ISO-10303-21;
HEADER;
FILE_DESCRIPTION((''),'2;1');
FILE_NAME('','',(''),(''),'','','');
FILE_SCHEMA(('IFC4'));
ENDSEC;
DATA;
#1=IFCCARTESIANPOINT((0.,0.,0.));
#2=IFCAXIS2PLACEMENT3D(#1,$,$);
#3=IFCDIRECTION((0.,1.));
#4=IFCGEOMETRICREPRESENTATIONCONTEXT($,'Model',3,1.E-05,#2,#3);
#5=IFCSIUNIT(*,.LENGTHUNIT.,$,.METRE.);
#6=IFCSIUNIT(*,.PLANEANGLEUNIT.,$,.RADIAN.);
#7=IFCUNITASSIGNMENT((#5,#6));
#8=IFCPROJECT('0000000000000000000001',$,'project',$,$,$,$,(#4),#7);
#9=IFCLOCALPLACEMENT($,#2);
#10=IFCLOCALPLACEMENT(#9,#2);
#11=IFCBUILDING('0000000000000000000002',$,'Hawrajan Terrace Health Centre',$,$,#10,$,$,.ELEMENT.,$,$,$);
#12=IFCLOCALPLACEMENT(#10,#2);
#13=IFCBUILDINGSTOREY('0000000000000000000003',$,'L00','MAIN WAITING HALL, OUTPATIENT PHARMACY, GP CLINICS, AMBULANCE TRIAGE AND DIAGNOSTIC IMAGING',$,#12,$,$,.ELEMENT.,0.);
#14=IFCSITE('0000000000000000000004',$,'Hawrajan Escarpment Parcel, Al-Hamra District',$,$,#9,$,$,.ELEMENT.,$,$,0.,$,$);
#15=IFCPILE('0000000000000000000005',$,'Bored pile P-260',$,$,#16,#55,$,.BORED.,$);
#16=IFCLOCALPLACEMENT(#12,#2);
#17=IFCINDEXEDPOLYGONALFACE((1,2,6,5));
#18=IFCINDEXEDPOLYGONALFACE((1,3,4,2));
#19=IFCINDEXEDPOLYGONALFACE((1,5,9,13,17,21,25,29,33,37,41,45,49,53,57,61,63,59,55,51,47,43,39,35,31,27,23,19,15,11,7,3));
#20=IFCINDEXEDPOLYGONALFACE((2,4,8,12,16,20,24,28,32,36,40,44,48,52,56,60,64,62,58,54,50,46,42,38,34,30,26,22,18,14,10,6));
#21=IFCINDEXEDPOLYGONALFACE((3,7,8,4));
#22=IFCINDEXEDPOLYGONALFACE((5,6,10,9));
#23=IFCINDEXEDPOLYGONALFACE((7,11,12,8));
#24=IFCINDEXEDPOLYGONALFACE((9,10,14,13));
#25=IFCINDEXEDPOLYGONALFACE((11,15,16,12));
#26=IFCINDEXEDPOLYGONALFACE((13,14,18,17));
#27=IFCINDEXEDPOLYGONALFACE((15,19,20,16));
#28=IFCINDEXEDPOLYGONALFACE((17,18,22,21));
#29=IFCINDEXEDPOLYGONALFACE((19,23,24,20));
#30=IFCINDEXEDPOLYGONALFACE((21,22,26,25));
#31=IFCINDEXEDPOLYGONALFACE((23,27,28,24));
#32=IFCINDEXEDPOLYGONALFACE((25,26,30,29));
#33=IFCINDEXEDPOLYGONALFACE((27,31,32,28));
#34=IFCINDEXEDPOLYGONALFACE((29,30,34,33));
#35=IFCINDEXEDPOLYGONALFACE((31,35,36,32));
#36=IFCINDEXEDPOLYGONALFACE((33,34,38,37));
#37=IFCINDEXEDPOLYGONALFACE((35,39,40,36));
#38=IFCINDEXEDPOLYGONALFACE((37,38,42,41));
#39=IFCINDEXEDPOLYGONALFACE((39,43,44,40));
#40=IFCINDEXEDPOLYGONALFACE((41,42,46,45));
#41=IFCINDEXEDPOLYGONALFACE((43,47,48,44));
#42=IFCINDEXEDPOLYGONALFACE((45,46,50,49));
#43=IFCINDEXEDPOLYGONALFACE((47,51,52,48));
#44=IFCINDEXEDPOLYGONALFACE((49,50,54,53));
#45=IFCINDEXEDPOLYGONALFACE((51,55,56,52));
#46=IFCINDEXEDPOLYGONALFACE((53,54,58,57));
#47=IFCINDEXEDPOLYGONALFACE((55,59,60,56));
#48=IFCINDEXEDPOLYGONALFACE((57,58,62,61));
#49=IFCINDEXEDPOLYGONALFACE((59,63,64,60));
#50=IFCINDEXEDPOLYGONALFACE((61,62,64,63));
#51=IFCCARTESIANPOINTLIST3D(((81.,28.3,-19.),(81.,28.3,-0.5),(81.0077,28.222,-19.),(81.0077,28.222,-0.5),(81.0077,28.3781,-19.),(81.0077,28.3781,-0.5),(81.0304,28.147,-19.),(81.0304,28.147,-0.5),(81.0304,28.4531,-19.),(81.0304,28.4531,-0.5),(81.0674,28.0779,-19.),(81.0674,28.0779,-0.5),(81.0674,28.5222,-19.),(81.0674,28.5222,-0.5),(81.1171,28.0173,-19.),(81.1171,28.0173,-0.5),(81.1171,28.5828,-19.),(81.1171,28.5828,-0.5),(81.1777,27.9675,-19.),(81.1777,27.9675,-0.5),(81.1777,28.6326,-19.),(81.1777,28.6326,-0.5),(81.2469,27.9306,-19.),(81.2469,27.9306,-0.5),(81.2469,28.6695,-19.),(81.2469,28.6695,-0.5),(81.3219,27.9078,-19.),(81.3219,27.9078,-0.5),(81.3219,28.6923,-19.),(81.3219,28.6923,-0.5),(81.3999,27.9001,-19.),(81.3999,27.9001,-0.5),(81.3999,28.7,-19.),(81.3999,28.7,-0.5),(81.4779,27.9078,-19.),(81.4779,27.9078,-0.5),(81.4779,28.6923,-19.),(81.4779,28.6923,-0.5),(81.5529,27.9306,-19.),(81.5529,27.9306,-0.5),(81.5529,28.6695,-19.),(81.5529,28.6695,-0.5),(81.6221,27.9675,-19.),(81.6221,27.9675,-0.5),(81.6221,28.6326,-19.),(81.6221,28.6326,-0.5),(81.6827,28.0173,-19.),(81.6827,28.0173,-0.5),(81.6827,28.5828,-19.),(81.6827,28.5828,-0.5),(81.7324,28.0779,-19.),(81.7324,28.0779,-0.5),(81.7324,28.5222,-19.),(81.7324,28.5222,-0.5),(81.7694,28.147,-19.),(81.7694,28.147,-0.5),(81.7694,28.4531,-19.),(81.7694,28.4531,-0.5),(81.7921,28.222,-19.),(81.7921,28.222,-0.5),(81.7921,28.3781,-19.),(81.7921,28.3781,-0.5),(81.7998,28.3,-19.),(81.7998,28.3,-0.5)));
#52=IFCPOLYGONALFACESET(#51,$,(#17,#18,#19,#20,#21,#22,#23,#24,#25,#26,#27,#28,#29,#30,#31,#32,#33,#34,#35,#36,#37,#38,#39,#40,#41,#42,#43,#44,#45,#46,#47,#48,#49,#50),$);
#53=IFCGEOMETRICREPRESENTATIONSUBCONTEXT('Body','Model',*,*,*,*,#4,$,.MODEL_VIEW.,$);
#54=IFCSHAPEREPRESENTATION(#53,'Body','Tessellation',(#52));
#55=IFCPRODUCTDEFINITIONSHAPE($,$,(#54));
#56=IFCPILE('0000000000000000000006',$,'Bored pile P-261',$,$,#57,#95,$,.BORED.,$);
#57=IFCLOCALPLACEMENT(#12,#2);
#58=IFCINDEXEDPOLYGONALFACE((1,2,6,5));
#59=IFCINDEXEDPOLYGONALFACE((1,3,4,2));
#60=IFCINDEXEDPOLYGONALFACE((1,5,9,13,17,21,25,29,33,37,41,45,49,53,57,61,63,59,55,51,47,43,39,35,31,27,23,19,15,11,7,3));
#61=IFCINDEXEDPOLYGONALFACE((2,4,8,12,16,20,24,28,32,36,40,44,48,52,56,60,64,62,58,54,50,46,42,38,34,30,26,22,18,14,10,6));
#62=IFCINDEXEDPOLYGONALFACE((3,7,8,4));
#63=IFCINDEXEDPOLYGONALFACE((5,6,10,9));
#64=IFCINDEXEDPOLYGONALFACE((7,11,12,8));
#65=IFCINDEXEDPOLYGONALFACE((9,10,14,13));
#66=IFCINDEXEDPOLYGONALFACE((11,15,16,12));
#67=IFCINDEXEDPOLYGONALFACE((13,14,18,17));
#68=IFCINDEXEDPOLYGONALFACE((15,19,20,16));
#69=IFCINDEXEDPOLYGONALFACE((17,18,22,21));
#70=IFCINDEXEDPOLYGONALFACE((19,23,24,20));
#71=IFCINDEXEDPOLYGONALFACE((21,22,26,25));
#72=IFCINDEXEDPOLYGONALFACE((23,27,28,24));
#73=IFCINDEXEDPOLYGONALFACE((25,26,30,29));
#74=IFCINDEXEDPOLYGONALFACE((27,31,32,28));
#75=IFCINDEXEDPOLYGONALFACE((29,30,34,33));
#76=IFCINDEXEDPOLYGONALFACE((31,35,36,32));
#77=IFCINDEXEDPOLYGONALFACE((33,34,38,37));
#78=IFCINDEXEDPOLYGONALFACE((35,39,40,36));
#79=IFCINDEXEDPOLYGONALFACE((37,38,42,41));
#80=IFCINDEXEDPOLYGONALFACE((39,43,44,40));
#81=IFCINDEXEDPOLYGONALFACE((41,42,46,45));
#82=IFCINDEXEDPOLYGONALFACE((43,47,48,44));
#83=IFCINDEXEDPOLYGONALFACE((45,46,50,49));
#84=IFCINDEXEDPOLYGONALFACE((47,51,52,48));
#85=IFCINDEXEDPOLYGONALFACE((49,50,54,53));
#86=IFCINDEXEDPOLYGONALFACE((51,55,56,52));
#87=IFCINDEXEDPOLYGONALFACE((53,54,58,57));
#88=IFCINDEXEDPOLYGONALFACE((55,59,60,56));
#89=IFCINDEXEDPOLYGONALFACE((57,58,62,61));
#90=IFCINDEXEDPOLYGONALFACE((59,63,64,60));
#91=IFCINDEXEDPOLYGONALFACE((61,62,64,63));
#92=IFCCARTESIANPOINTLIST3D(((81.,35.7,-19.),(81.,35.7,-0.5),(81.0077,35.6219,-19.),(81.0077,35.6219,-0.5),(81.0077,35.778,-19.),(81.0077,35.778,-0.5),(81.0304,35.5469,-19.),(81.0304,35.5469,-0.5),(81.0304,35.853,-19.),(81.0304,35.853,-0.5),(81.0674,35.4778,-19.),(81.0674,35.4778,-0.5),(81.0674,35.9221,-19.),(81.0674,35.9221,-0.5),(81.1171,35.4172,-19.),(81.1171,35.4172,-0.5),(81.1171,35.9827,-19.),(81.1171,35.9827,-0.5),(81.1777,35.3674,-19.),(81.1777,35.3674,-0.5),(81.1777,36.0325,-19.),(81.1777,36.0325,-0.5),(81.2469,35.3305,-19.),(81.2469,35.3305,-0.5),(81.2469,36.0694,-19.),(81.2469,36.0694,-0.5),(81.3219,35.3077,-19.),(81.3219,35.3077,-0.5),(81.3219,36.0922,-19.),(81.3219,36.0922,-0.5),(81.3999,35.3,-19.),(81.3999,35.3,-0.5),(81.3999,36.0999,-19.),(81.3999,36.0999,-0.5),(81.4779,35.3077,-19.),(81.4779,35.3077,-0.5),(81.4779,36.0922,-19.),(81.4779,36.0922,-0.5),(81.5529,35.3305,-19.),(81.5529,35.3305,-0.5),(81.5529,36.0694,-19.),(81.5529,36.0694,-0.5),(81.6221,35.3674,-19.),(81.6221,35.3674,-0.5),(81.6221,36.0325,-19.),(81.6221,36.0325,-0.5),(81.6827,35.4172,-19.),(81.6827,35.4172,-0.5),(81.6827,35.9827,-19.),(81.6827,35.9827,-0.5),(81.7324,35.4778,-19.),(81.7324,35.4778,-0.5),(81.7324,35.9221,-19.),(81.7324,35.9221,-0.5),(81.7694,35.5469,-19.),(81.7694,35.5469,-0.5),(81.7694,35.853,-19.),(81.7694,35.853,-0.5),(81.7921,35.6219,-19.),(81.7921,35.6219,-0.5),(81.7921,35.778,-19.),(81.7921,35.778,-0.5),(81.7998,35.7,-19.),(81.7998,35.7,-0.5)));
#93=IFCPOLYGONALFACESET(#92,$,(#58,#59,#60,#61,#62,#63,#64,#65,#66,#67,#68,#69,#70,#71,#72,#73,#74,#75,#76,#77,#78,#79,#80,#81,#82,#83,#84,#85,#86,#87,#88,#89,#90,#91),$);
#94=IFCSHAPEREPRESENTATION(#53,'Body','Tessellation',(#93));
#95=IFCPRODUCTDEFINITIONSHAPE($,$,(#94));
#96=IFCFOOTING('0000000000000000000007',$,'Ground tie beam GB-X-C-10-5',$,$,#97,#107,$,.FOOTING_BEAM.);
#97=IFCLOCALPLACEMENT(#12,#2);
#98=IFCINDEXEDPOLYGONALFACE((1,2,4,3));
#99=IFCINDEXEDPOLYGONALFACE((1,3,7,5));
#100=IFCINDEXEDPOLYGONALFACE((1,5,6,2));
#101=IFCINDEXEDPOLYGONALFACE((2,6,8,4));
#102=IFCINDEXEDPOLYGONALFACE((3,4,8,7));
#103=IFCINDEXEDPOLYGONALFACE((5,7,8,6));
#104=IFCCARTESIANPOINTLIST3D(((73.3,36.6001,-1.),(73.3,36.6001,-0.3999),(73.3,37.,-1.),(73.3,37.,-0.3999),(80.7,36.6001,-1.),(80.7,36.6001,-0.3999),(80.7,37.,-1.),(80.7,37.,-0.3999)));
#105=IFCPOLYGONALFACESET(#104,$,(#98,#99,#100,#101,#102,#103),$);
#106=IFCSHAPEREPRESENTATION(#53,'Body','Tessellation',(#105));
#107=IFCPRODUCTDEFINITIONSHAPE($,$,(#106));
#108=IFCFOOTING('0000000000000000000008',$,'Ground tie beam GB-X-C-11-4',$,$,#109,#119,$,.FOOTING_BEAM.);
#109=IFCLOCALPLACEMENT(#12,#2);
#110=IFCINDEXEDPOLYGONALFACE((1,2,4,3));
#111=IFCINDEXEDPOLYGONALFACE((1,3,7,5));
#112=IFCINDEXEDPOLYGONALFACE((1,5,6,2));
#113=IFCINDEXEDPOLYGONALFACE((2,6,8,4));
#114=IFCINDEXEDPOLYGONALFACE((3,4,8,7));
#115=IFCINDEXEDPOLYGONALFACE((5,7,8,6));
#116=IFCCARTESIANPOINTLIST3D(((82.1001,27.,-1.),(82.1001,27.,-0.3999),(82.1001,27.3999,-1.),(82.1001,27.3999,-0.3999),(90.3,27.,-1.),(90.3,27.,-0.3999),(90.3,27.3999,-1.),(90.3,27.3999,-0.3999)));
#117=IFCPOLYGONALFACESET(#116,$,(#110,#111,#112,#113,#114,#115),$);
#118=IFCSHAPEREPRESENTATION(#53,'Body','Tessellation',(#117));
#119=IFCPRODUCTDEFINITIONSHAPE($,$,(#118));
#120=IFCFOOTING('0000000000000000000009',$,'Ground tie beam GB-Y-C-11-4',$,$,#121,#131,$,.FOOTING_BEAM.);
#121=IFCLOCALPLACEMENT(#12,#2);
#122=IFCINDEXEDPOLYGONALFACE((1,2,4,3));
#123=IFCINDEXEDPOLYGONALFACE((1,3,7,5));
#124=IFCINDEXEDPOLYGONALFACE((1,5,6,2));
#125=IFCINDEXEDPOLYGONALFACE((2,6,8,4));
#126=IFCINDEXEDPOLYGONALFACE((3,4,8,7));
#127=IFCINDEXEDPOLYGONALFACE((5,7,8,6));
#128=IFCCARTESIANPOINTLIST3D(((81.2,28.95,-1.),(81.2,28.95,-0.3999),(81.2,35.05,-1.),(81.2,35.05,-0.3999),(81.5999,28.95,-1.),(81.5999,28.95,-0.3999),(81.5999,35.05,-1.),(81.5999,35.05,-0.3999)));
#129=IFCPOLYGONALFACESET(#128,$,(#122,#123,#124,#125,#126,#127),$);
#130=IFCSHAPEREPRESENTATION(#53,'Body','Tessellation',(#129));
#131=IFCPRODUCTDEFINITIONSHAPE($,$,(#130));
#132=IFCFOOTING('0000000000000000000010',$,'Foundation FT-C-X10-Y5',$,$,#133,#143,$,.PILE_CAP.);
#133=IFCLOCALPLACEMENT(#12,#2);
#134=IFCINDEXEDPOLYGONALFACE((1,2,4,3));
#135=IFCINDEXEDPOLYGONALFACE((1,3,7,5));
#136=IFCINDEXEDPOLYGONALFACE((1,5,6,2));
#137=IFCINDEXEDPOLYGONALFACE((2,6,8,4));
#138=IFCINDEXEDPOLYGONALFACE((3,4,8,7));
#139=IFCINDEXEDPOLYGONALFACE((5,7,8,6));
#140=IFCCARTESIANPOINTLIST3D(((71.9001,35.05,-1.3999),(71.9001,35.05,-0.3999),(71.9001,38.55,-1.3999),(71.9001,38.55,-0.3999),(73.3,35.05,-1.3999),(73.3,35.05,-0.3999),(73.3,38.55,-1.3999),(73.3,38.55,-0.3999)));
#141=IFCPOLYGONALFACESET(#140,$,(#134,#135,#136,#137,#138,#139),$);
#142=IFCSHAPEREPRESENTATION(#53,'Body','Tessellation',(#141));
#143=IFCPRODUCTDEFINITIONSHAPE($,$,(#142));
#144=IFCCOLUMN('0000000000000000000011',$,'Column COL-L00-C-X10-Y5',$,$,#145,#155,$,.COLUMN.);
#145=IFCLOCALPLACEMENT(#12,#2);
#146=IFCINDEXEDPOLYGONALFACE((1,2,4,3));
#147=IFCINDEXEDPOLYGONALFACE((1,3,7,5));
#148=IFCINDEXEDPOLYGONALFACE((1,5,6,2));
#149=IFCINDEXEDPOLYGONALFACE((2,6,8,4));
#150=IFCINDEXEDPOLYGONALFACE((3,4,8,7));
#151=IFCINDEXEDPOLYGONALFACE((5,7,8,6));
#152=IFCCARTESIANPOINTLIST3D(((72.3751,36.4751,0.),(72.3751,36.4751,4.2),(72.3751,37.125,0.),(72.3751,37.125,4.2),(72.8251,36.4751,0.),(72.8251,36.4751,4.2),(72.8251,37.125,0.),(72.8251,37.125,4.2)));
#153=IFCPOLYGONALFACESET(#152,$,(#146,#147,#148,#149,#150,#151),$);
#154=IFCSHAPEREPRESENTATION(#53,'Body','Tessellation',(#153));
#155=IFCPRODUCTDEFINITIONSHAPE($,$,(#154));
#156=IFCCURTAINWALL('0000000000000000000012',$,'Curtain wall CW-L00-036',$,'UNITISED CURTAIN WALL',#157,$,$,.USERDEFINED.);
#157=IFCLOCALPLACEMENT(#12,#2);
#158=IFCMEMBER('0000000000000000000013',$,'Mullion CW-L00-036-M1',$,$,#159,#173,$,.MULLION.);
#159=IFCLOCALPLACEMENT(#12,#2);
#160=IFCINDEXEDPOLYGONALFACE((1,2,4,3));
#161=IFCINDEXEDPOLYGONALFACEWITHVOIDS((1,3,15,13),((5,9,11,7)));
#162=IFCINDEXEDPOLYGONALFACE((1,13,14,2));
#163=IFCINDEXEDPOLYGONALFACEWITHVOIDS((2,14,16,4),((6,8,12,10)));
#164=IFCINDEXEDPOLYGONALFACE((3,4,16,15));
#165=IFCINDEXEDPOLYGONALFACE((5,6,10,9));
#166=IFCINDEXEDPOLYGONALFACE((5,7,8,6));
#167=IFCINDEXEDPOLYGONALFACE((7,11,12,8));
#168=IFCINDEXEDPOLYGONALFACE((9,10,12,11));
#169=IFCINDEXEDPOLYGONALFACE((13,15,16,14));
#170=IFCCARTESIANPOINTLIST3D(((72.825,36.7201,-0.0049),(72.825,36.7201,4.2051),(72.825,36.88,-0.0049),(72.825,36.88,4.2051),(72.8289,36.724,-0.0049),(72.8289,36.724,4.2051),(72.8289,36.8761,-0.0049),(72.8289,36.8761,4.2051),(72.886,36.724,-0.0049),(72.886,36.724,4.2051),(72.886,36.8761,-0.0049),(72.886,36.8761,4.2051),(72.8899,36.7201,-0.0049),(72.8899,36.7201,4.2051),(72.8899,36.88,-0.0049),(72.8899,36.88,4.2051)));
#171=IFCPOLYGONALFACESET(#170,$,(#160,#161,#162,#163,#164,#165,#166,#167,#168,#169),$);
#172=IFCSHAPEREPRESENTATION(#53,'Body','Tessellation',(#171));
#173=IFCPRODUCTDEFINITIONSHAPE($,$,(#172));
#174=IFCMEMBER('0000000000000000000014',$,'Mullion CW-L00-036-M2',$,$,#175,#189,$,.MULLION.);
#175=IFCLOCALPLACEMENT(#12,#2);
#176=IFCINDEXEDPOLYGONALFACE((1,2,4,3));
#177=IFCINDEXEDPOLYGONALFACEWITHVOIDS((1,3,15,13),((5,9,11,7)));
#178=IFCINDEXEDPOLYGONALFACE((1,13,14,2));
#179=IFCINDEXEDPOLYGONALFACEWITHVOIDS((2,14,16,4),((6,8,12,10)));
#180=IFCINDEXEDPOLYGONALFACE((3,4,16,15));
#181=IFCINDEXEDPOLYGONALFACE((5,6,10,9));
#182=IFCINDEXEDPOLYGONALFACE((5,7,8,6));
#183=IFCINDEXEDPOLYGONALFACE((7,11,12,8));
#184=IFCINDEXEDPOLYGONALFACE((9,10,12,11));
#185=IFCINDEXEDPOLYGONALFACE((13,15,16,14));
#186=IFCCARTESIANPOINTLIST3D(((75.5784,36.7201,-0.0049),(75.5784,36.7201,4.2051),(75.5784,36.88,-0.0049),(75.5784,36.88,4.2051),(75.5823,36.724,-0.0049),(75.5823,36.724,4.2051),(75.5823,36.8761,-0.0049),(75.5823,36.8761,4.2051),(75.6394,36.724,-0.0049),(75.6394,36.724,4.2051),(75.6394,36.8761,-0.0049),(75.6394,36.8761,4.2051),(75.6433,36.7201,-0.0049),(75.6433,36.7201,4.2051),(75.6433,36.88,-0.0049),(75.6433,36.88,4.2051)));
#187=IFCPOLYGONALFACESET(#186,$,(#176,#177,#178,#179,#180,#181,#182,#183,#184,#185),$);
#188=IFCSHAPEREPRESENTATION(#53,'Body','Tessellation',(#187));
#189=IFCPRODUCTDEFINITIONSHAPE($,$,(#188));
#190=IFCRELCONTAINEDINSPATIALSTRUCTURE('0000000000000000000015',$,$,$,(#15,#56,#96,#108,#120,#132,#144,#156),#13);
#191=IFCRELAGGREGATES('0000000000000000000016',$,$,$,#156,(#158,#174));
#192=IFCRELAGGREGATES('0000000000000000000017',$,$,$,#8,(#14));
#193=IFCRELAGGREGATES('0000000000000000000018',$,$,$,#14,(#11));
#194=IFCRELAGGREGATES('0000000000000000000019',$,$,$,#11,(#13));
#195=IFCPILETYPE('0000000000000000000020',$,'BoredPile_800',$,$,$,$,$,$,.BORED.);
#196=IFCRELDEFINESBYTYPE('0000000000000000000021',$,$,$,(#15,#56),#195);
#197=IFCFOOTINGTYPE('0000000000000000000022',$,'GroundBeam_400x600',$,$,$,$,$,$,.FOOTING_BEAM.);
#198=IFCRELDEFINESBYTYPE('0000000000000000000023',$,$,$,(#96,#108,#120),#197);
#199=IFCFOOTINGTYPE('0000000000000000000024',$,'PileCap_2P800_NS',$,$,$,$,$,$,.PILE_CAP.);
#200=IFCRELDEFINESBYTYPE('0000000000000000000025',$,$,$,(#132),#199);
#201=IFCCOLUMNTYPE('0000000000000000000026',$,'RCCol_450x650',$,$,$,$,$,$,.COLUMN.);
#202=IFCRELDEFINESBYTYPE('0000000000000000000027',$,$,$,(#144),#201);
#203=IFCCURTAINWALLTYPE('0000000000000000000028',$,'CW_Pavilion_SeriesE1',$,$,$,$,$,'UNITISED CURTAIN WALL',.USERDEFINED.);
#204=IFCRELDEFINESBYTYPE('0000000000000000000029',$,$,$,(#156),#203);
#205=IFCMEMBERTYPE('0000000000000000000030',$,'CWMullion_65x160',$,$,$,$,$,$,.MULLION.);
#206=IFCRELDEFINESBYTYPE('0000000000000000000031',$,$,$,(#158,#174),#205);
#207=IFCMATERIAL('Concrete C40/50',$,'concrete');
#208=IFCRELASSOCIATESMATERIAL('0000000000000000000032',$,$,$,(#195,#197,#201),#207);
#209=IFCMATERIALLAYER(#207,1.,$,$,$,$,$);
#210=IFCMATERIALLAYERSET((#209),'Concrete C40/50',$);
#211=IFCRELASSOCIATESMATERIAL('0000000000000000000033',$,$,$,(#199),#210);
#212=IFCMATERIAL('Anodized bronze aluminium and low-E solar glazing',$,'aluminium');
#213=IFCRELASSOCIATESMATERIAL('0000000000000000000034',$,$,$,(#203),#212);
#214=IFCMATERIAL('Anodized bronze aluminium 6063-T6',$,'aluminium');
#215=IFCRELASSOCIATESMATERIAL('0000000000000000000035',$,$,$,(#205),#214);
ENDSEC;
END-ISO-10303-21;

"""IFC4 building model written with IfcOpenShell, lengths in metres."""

from ifc_helpers import new_model, si_unit, direction, frame, origin, origin_2d, place, context, subcontext, project, spatial, rectangle, hollow_rectangle, circle, extrude, material, layer, layer_set, material_profile, profile_set, type_object, element, aggregate, save


model = new_model("IFC4")

# Units and contexts
model_context = context("Model", 3, precision=1e-05, world=origin(), true_north=direction((0.0, 1.0)))
body_context = subcontext(model_context, "Body", "Model", "MODEL_VIEW")
ifc_project = project(units=[si_unit("LENGTHUNIT", "METRE"), si_unit("PLANEANGLEUNIT", "RADIAN")], contexts=[model_context])

# Site, building, storey
site_placement = place(None, origin())
site = spatial("IfcSite", under=ifc_project, at=site_placement, Name="Hawrajan Escarpment Parcel, Al-Hamra District", CompositionType="ELEMENT", RefElevation=0.0)
building_placement = place(site_placement, origin())
building = spatial("IfcBuilding", under=site, at=building_placement, Name="Hawrajan Terrace Health Centre", CompositionType="ELEMENT")
storey_placement = place(building_placement, origin())
storey = spatial("IfcBuildingStorey", under=building, at=storey_placement, Name="L00", Description="MAIN WAITING HALL, OUTPATIENT PHARMACY, GP CLINICS, AMBULANCE TRIAGE AND DIAGNOSTIC IMAGING", CompositionType="ELEMENT", Elevation=0.0)

# Piles
ifc_material_1 = material(Name="Concrete C40/50", Category="concrete")
ifc_material_profile_1 = material_profile(ifc_material_1, circle(Radius=0.3999, at=origin_2d()), Name="BP 800")
ifc_profile_set_1 = profile_set([ifc_material_profile_1], Name="Concrete C40/50")
pile_type = type_object("IfcPileType", Name="BoredPile_800", PredefinedType="BORED", material=ifc_profile_set_1)
for number, where, z_axis, x_axis, name in (
    (1, (81.3999, 28.3, -0.5), (0.0, 0.0, -1.0), (1.0, 0.0, 0.0), "Bored pile P-260"),
    (2, (81.3999, 35.7, -0.5), (0.0, 0.0, -1.0), (1.0, 0.0, 0.0), "Bored pile P-261"),
):
    element("IfcPile", number, at=place(storey_placement, frame(where, z_axis=z_axis, x_axis=x_axis)), inside=storey, type_object=pile_type, Name=name, PredefinedType="BORED", context=body_context, shape_type="SweptSolid", body=[
        extrude(circle(Radius=0.3999, at=origin_2d()), origin(), (0.0, 0.0, 1.0), 18.5),
    ])

# Footings
ifc_material_profile_2 = material_profile(ifc_material_1, rectangle(XDim=0.3999, YDim=0.6001, at=origin_2d()), Name="RC BM 400x600")
ifc_profile_set_2 = profile_set([ifc_material_profile_2], Name="Concrete C40/50")
footing_type_1 = type_object("IfcFootingType", Name="GroundBeam_400x600", PredefinedType="FOOTING_BEAM", material=ifc_profile_set_2)
footing_1_placement = place(storey_placement, frame((73.3, 36.8, -0.7), z_axis=(1.0, 0.0, 0.0), x_axis=(0.0, 1.0, 0.0)))
element("IfcFooting", 3, at=footing_1_placement, inside=storey, type_object=footing_type_1, Name="Ground tie beam GB-X-C-10-5", PredefinedType="FOOTING_BEAM", context=body_context, shape_type="SweptSolid", body=[
    extrude(rectangle(XDim=0.3999, YDim=0.6001, at=origin_2d()), origin(), (0.0, 0.0, 1.0), 7.3999),
])
footing_2_placement = place(storey_placement, frame((82.1001, 27.2, -0.7), z_axis=(1.0, 0.0, 0.0), x_axis=(0.0, 1.0, 0.0)))
element("IfcFooting", 4, at=footing_2_placement, inside=storey, type_object=footing_type_1, Name="Ground tie beam GB-X-C-11-4", PredefinedType="FOOTING_BEAM", context=body_context, shape_type="SweptSolid", body=[
    extrude(rectangle(XDim=0.3999, YDim=0.6001, at=origin_2d()), origin(), (0.0, 0.0, 1.0), 8.2),
])
footing_3_placement = place(storey_placement, frame((81.3999, 28.95, -0.7), z_axis=(0.0, 1.0, 0.0), x_axis=(-1.0, 0.0, 0.0)))
element("IfcFooting", 5, at=footing_3_placement, inside=storey, type_object=footing_type_1, Name="Ground tie beam GB-Y-C-11-4", PredefinedType="FOOTING_BEAM", context=body_context, shape_type="SweptSolid", body=[
    extrude(rectangle(XDim=0.3999, YDim=0.6001, at=origin_2d()), origin(), (0.0, 0.0, 1.0), 6.1001),
])
ifc_layer_1 = layer(ifc_material_1, 1.0)
ifc_layer_set_1 = layer_set([ifc_layer_1], Name="Concrete C40/50")
footing_type_2 = type_object("IfcFootingType", Name="PileCap_2P800_NS", PredefinedType="PILE_CAP", material=ifc_layer_set_1)
footing_4_placement = place(storey_placement, frame((72.6001, 36.8, -1.3999), z_axis=(0.0, 0.0, 1.0), x_axis=(1.0, 0.0, 0.0)))
element("IfcFooting", 6, at=footing_4_placement, inside=storey, type_object=footing_type_2, Name="Foundation FT-C-X10-Y5", PredefinedType="PILE_CAP", context=body_context, shape_type="SweptSolid", body=[
    extrude(rectangle(XDim=1.3999, YDim=3.5, at=origin_2d()), origin(), (0.0, 0.0, 1.0), 1.0),
])

# Column
ifc_material_profile_3 = material_profile(ifc_material_1, rectangle(XDim=0.45, YDim=0.6499, at=origin_2d()), Name="RC 450x650")
ifc_profile_set_3 = profile_set([ifc_material_profile_3], Name="Concrete C40/50")
column_type = type_object("IfcColumnType", Name="RCCol_450x650", PredefinedType="COLUMN", material=ifc_profile_set_3)
column_placement = place(storey_placement, frame((72.6001, 36.8, 0.0), z_axis=(0.0, 0.0, 1.0), x_axis=(1.0, 0.0, 0.0)))
element("IfcColumn", 7, at=column_placement, inside=storey, type_object=column_type, Name="Column COL-L00-C-X10-Y5", PredefinedType="COLUMN", context=body_context, shape_type="SweptSolid", body=[
    extrude(rectangle(XDim=0.45, YDim=0.6499, at=origin_2d()), origin(), (0.0, 0.0, 1.0), 4.2),
])

# Curtain wall, members
ifc_material_2 = material(Name="Anodized bronze aluminium and low-E solar glazing", Category="aluminium")
curtain_wall_type_1 = type_object("IfcCurtainWallType", Name="CW_Pavilion_SeriesE1", ElementType="UNITISED CURTAIN WALL", PredefinedType="USERDEFINED", material=ifc_material_2)
curtain_wall_1_placement = place(storey_placement, origin())
curtain_wall_1 = element("IfcCurtainWall", 8, at=curtain_wall_1_placement, inside=storey, type_object=curtain_wall_type_1, Name="Curtain wall CW-L00-036", ObjectType="UNITISED CURTAIN WALL", PredefinedType="USERDEFINED")
ifc_material_3 = material(Name="Anodized bronze aluminium 6063-T6", Category="aluminium")
ifc_material_profile_4 = material_profile(ifc_material_3, hollow_rectangle(XDim=0.0649, YDim=0.1599, WallThickness=0.0039, at=origin_2d()), Name="CW MUL 65x160")
ifc_profile_set_4 = profile_set([ifc_material_profile_4], Name="Anodized bronze aluminium 6063-T6")
member_type_1 = type_object("IfcMemberType", Name="CWMullion_65x160", PredefinedType="MULLION", material=ifc_profile_set_4)
member_1_placement = place(storey_placement, frame((72.8574, 36.8, -0.0049), z_axis=(0.0, 0.0, 1.0), x_axis=(1.0, 0.0, 0.0)))
member_1 = element("IfcMember", 9, at=member_1_placement, type_object=member_type_1, Name="Mullion CW-L00-036-M1", PredefinedType="MULLION", context=body_context, shape_type="SweptSolid", body=[
    extrude(hollow_rectangle(XDim=0.0649, YDim=0.1599, WallThickness=0.0039, at=origin_2d()), origin(), (0.0, 0.0, 1.0), 4.21),
])
member_2_placement = place(storey_placement, frame((75.6108, 36.8, -0.0049), z_axis=(0.0, 0.0, 1.0), x_axis=(1.0, 0.0, 0.0)))
member_2 = element("IfcMember", 10, at=member_2_placement, type_object=member_type_1, Name="Mullion CW-L00-036-M2", PredefinedType="MULLION", context=body_context, shape_type="SweptSolid", body=[
    extrude(hollow_rectangle(XDim=0.0649, YDim=0.1599, WallThickness=0.0039, at=origin_2d()), origin(), (0.0, 0.0, 1.0), 4.21),
])

aggregate(curtain_wall_1, [member_1, member_2])

save(model, "model.ifc")
